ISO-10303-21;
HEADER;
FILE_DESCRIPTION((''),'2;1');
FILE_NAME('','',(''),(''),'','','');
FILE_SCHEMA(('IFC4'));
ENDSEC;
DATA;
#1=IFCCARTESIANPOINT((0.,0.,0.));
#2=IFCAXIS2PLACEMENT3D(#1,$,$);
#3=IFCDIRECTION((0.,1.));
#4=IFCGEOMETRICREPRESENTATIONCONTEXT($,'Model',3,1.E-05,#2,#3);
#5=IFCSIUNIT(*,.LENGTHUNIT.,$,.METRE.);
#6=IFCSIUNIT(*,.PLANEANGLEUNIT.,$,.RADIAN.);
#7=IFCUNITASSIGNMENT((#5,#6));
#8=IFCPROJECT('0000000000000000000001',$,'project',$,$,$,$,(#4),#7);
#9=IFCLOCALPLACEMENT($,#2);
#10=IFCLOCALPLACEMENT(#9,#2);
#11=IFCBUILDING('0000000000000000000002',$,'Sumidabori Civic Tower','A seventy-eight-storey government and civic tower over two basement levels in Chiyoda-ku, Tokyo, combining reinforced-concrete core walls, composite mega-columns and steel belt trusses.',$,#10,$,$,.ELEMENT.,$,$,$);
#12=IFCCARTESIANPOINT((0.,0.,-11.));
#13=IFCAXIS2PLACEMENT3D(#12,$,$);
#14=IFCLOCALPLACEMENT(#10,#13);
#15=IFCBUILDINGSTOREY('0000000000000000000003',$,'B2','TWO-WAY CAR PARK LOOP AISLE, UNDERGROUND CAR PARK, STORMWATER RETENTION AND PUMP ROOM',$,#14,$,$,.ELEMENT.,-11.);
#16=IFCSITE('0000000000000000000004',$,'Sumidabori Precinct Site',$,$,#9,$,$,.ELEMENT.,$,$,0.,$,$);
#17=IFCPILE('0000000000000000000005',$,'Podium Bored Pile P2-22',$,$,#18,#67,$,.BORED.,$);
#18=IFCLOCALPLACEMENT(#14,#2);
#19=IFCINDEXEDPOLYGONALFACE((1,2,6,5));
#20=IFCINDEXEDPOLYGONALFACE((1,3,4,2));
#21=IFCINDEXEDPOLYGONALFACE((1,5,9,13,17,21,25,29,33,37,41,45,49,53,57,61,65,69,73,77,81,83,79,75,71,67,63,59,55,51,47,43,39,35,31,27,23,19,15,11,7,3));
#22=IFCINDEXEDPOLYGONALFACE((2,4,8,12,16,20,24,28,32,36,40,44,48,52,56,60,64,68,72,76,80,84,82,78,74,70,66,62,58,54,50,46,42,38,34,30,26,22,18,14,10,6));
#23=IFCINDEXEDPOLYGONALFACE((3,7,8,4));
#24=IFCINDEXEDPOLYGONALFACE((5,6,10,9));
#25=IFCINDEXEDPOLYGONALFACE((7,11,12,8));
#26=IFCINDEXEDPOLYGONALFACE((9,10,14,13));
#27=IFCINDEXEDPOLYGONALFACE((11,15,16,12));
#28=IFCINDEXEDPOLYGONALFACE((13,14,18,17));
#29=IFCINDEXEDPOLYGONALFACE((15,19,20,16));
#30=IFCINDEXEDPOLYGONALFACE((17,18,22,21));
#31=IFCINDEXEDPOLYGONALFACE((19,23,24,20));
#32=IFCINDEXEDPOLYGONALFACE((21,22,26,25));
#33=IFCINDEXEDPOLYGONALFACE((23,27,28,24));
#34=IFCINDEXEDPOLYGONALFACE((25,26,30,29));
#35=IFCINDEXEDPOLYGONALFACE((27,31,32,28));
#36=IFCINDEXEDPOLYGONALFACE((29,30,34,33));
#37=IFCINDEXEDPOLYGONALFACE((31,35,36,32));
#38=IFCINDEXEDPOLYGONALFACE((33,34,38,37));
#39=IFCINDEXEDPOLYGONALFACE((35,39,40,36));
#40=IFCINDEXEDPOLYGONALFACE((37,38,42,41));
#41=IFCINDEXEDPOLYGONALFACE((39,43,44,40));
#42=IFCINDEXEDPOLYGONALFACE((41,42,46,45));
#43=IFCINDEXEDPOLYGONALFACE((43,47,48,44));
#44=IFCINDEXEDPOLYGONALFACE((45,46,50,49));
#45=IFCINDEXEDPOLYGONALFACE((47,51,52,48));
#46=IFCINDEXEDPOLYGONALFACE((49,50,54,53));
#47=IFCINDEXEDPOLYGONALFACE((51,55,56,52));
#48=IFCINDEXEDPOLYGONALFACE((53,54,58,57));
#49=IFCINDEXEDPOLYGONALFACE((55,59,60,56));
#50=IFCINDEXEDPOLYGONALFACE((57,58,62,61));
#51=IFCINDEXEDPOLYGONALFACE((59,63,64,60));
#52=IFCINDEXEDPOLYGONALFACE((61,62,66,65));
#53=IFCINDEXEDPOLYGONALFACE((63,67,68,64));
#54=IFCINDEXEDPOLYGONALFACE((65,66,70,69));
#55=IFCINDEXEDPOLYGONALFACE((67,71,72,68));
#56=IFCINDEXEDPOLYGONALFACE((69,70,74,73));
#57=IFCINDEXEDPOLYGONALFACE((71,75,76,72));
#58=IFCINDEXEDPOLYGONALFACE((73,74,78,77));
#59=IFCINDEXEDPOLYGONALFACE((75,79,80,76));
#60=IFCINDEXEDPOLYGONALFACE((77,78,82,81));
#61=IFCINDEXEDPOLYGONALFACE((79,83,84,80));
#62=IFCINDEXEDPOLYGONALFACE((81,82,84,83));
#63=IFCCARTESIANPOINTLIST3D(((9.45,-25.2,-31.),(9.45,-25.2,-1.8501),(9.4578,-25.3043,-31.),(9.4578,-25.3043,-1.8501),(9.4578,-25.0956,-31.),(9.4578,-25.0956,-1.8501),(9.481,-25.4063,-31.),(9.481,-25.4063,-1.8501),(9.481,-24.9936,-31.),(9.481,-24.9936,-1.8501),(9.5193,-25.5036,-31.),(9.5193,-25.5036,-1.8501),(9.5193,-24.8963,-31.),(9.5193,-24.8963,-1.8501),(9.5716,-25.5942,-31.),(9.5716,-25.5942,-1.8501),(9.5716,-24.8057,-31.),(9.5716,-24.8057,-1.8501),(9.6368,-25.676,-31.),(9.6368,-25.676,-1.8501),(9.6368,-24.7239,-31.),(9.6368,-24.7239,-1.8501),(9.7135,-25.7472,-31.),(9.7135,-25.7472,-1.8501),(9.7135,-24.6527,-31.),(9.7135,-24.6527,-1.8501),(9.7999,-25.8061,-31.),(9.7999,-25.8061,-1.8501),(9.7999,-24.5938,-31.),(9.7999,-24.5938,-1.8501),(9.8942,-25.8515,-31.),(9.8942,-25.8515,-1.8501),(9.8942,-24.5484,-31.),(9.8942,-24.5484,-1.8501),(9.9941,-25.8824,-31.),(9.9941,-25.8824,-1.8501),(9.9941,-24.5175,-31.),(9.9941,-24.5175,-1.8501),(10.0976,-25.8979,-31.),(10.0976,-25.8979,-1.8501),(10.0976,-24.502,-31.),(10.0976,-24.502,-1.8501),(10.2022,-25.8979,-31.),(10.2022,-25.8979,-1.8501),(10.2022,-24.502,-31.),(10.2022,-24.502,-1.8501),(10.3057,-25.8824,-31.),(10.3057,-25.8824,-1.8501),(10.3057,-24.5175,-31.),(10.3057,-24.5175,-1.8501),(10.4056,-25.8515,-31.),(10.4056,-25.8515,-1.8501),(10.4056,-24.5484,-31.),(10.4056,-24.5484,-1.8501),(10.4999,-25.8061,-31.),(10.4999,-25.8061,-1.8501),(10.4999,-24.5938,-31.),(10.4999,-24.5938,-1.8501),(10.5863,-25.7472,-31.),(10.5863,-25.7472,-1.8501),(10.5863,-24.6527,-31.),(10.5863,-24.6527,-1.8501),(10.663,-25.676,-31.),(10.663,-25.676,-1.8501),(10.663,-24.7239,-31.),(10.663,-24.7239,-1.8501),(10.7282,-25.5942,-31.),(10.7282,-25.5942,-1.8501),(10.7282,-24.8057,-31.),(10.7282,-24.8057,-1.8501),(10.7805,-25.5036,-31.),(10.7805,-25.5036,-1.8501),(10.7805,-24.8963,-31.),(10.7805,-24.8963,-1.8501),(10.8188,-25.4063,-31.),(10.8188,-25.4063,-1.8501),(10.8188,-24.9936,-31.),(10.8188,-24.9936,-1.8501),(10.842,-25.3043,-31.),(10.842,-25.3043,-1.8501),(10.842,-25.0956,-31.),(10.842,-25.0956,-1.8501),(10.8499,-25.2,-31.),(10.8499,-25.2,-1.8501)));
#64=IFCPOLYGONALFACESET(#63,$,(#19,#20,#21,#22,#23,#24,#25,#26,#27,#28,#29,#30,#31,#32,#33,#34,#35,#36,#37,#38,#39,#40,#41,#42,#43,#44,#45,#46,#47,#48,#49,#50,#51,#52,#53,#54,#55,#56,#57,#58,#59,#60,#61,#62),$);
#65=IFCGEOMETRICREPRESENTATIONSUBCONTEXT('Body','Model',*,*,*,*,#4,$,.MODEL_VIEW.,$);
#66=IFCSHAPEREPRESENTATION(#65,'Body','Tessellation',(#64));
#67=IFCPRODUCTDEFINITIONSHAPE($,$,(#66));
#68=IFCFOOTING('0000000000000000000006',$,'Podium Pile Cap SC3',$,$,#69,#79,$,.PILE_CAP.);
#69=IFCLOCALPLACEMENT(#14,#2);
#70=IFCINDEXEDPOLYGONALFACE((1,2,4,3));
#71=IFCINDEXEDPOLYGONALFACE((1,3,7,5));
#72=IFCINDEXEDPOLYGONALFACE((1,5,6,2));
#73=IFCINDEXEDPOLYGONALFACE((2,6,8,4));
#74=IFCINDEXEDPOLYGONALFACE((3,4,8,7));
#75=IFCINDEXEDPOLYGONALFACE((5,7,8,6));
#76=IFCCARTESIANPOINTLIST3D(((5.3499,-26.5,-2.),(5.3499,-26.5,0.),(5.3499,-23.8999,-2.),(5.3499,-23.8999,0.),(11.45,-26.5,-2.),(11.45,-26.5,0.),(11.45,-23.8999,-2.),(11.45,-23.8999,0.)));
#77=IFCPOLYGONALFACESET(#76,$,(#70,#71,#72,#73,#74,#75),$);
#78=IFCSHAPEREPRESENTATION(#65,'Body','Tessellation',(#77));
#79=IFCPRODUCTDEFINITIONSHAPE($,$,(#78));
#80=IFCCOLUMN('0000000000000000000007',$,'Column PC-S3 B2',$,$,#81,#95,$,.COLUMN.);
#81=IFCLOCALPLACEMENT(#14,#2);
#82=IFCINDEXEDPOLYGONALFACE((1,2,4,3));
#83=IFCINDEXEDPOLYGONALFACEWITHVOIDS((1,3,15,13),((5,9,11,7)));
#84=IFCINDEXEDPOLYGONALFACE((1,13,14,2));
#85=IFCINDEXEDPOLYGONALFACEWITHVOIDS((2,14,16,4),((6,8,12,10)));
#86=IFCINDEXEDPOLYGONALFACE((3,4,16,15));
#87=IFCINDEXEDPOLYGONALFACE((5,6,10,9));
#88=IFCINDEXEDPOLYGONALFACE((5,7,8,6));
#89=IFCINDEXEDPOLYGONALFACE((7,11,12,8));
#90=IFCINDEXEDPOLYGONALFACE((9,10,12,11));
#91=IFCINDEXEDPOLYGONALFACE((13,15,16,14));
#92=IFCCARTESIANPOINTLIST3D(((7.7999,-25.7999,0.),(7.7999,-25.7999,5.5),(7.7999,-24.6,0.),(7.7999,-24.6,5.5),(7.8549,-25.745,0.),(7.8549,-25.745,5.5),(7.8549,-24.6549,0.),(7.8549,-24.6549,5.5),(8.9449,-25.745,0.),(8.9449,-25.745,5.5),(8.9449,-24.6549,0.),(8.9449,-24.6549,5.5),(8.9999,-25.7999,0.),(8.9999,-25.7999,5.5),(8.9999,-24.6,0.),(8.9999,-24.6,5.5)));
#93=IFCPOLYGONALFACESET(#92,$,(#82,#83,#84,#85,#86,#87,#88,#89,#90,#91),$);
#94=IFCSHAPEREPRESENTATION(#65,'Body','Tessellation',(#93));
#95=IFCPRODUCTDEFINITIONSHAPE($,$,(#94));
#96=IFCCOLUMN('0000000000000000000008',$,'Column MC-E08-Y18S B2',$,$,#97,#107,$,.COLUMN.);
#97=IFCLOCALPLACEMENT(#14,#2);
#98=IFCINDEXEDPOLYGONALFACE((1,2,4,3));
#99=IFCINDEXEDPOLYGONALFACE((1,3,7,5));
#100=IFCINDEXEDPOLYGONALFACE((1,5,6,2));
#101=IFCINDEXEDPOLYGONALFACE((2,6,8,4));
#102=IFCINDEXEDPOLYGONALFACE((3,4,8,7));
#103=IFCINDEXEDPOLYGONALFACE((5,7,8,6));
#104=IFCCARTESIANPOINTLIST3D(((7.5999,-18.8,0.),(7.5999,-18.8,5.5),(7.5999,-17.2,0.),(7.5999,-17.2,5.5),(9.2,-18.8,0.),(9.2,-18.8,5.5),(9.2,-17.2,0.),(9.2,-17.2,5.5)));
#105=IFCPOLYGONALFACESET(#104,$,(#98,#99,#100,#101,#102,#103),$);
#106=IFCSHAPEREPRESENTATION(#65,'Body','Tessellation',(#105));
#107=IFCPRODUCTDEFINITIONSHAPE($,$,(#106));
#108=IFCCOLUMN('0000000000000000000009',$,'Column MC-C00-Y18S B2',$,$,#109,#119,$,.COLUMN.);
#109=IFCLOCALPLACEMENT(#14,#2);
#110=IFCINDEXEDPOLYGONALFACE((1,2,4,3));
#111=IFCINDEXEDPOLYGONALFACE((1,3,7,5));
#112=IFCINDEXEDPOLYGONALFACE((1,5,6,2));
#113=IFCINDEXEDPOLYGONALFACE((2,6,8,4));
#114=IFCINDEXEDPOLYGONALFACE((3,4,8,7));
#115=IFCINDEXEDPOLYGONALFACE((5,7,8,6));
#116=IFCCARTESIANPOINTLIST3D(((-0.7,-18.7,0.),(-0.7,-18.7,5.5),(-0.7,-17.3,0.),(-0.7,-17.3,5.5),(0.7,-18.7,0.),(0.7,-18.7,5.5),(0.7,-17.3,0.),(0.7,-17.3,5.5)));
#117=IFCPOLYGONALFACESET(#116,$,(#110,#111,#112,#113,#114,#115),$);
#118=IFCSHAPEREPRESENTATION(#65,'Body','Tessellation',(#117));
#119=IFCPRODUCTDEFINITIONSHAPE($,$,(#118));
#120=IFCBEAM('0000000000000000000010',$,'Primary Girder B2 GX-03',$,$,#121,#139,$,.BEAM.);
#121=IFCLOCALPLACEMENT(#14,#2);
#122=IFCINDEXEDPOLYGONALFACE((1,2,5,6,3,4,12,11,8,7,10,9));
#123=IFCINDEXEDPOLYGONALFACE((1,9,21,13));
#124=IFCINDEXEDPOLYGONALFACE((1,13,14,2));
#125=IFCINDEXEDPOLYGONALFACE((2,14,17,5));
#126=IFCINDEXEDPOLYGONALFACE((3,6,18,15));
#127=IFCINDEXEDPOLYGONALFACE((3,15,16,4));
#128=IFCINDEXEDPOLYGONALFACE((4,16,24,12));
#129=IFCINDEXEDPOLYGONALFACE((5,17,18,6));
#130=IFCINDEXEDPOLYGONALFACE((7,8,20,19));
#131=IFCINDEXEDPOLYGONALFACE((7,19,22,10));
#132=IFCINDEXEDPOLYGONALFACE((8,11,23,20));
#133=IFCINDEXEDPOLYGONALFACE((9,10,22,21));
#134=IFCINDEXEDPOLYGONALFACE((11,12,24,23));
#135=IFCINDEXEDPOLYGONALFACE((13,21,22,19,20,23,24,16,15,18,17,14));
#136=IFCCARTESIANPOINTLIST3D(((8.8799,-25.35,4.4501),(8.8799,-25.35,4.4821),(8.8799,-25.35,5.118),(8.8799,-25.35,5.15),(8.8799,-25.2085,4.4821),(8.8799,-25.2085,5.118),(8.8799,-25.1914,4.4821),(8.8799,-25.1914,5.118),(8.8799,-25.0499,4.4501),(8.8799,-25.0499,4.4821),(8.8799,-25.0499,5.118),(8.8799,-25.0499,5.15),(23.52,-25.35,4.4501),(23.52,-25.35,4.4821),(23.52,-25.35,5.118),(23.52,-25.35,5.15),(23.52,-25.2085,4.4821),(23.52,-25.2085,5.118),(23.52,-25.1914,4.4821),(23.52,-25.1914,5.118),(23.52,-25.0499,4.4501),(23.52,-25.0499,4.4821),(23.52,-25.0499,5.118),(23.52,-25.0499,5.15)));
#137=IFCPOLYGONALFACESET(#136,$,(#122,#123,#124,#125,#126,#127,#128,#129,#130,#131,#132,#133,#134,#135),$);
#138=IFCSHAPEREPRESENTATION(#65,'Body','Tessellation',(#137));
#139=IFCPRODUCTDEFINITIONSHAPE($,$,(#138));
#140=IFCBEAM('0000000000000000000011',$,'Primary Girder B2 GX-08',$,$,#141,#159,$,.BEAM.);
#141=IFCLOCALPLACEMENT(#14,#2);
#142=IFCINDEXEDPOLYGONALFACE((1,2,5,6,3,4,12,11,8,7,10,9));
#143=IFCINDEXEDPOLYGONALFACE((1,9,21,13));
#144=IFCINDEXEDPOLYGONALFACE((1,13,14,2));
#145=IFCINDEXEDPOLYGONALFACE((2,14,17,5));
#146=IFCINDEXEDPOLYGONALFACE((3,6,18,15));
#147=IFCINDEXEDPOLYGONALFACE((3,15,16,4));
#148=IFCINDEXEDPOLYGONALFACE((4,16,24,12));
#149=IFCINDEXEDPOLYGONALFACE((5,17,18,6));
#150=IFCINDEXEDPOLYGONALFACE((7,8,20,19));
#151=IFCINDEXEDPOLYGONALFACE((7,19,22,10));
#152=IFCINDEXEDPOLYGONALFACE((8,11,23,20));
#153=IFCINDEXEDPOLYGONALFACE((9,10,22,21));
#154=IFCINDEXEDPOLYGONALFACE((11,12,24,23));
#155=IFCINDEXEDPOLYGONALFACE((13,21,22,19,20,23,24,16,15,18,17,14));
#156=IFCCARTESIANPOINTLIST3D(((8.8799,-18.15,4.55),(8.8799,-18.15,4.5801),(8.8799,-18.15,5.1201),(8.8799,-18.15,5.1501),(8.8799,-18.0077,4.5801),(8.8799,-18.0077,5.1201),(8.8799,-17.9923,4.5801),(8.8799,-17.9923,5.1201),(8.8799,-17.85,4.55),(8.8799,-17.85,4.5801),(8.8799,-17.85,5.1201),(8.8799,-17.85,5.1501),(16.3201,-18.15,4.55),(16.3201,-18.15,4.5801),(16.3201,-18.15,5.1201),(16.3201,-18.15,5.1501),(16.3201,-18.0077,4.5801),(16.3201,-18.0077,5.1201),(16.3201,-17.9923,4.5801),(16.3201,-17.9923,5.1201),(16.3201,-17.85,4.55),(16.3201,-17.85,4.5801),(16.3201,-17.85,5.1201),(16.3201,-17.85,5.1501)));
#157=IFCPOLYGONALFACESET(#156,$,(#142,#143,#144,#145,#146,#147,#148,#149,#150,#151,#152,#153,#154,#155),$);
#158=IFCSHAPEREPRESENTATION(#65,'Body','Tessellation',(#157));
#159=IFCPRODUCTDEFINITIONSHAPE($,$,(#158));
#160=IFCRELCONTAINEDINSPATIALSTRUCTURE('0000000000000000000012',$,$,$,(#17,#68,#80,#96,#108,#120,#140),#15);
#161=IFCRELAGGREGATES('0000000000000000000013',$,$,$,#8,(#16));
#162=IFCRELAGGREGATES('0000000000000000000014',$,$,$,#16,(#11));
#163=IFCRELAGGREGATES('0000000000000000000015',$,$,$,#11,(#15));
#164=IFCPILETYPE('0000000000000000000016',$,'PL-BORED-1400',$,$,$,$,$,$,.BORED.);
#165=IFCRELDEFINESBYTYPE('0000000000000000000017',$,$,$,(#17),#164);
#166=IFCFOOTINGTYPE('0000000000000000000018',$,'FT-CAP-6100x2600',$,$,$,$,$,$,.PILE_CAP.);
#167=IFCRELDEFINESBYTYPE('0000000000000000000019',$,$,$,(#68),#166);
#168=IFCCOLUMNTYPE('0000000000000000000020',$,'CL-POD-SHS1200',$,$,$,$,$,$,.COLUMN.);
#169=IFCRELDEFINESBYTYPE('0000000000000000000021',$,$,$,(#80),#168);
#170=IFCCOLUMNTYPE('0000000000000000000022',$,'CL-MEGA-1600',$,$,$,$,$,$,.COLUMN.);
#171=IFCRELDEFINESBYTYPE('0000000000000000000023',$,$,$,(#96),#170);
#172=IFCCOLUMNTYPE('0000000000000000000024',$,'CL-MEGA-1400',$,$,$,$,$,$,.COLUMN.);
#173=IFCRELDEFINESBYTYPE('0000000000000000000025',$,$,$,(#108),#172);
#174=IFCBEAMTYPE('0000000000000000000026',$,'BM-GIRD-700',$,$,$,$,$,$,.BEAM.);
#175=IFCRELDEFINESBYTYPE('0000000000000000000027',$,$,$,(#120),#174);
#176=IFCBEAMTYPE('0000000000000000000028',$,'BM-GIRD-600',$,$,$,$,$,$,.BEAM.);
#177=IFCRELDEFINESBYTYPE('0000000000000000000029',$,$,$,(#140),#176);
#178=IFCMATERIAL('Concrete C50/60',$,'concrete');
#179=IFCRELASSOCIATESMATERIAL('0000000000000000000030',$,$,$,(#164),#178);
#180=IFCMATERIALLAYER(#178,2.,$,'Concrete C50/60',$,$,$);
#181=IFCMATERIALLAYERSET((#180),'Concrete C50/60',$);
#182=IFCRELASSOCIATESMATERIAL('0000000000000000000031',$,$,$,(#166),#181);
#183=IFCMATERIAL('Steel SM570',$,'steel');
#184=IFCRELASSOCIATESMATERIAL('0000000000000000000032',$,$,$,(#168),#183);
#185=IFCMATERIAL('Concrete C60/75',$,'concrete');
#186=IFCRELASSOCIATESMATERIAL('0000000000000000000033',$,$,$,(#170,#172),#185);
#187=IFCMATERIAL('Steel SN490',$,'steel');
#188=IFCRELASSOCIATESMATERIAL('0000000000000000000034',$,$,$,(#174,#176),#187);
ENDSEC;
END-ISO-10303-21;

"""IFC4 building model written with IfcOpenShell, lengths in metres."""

from ifc_helpers import new_model, si_unit, direction, frame, origin, origin_2d, place, context, subcontext, project, spatial, rectangle, hollow_rectangle, circle, i_section, extrude, source, transform, mapped, material, layer, layer_set, material_profile, profile_set, type_object, element, save


model = new_model("IFC4")

# Units and contexts
model_context = context("Model", 3, precision=1e-05, world=origin(), true_north=direction((0.0, 1.0)))
body_context = subcontext(model_context, "Body", "Model", "MODEL_VIEW")
ifc_project = project(units=[si_unit("LENGTHUNIT", "METRE"), si_unit("PLANEANGLEUNIT", "RADIAN")], contexts=[model_context])

# Site, building, storey
site_placement = place(None, origin())
site = spatial("IfcSite", under=ifc_project, at=site_placement, Name="Sumidabori Precinct Site", CompositionType="ELEMENT", RefElevation=0.0)
building_placement = place(site_placement, origin())
building = spatial("IfcBuilding", under=site, at=building_placement, Name="Sumidabori Civic Tower", Description="A seventy-eight-storey government and civic tower over two basement levels in Chiyoda-ku, Tokyo, combining reinforced-concrete core walls, composite mega-columns and steel belt trusses.", CompositionType="ELEMENT")
storey_placement = place(building_placement, frame((0.0, 0.0, -11.0)))
storey = spatial("IfcBuildingStorey", under=building, at=storey_placement, Name="B2", Description="TWO-WAY CAR PARK LOOP AISLE, UNDERGROUND CAR PARK, STORMWATER RETENTION AND PUMP ROOM", CompositionType="ELEMENT", Elevation=-11.0)

# Pile
ifc_material_1 = material(Name="Concrete C50/60", Category="concrete")
ifc_material_profile_1 = material_profile(ifc_material_1, circle(Radius=0.7, at=origin_2d()), Name="BORED PILE 1400")
ifc_profile_set_1 = profile_set([ifc_material_profile_1], Name="Concrete C50/60")
pile_type_1 = type_object("IfcPileType", Name="PL-BORED-1400", PredefinedType="BORED", material=ifc_profile_set_1)
shared_shape_1 = source(origin(), body_context, "Body", "SweptSolid", [
    extrude(circle(Radius=0.7, at=origin_2d()), origin(), (0.0, 0.0, 1.0), 29.1499),
])
for number, where, z_axis, x_axis, name in (
    (1, (10.1499, -25.2, -1.8501), (0.0, 0.0, -1.0), (1.0, 0.0, 0.0), "Podium Bored Pile P2-22"),
):
    element("IfcPile", number, at=place(storey_placement, frame(where, z_axis=z_axis, x_axis=x_axis)), inside=storey, type_object=pile_type_1, Name=name, PredefinedType="BORED", context=body_context, shape_type="MappedRepresentation", body=[
        mapped(shared_shape_1, transform((0.0, 0.0, 0.0), x_axis=(1.0, 0.0, 0.0), y_axis=(0.0, 1.0, 0.0), z_axis=(0.0, 0.0, 1.0), scale=1.0)),
    ])

# Footing
ifc_layer_1 = layer(ifc_material_1, 2.0, Name="Concrete C50/60")
ifc_layer_set_1 = layer_set([ifc_layer_1], Name="Concrete C50/60")
footing_type = type_object("IfcFootingType", Name="FT-CAP-6100x2600", PredefinedType="PILE_CAP", material=ifc_layer_set_1)
shared_shape_2 = source(origin(), body_context, "Body", "SweptSolid", [
    extrude(rectangle(XDim=6.1001, YDim=2.6001, at=origin_2d()), origin(), (0.0, 0.0, 1.0), 2.0),
])
footing_placement = place(storey_placement, frame((8.3999, -25.2, -2.0), z_axis=(0.0, 0.0, 1.0), x_axis=(1.0, 0.0, 0.0)))
element("IfcFooting", 2, at=footing_placement, inside=storey, type_object=footing_type, Name="Podium Pile Cap SC3", PredefinedType="PILE_CAP", context=body_context, shape_type="MappedRepresentation", body=[
    mapped(shared_shape_2, transform((0.0, 0.0, 0.0), x_axis=(1.0, 0.0, 0.0), y_axis=(0.0, 1.0, 0.0), z_axis=(0.0, 0.0, 1.0), scale=1.0)),
])

# Columns
ifc_material_2 = material(Name="Steel SM570", Category="steel")
ifc_material_profile_2 = material_profile(ifc_material_2, hollow_rectangle(XDim=1.2, YDim=1.2, WallThickness=0.0549, at=origin_2d()), Name="SHS 1200x1200x55")
ifc_profile_set_2 = profile_set([ifc_material_profile_2], Name="Steel SM570")
column_type_1 = type_object("IfcColumnType", Name="CL-POD-SHS1200", PredefinedType="COLUMN", material=ifc_profile_set_2)
shared_shape_3 = source(origin(), body_context, "Body", "SweptSolid", [
    extrude(hollow_rectangle(XDim=1.2, YDim=1.2, WallThickness=0.0549, at=origin_2d()), origin(), (0.0, 0.0, 1.0), 5.5),
])
column_1_placement = place(storey_placement, frame((8.3999, -25.2, 0.0), z_axis=(0.0, 0.0, 1.0), x_axis=(1.0, 0.0, 0.0)))
element("IfcColumn", 3, at=column_1_placement, inside=storey, type_object=column_type_1, Name="Column PC-S3 B2", PredefinedType="COLUMN", context=body_context, shape_type="MappedRepresentation", body=[
    mapped(shared_shape_3, transform((0.0, 0.0, 0.0), x_axis=(1.0, 0.0, 0.0), y_axis=(0.0, 1.0, 0.0), z_axis=(0.0, 0.0, 1.0), scale=1.0)),
])
ifc_material_3 = material(Name="Concrete C60/75", Category="concrete")
ifc_material_profile_3 = material_profile(ifc_material_3, rectangle(XDim=1.6001, YDim=1.6001, at=origin_2d()), Name="RC 1600x1600")
ifc_profile_set_3 = profile_set([ifc_material_profile_3], Name="Concrete C60/75")
column_type_2 = type_object("IfcColumnType", Name="CL-MEGA-1600", PredefinedType="COLUMN", material=ifc_profile_set_3)
shared_shape_4 = source(origin(), body_context, "Body", "SweptSolid", [
    extrude(rectangle(XDim=1.6001, YDim=1.6001, at=origin_2d()), origin(), (0.0, 0.0, 1.0), 5.5),
])
column_2_placement = place(storey_placement, frame((8.3999, -18.0, 0.0), z_axis=(0.0, 0.0, 1.0), x_axis=(1.0, 0.0, 0.0)))
element("IfcColumn", 4, at=column_2_placement, inside=storey, type_object=column_type_2, Name="Column MC-E08-Y18S B2", PredefinedType="COLUMN", context=body_context, shape_type="MappedRepresentation", body=[
    mapped(shared_shape_4, transform((0.0, 0.0, 0.0), x_axis=(1.0, 0.0, 0.0), y_axis=(0.0, 1.0, 0.0), z_axis=(0.0, 0.0, 1.0), scale=1.0)),
])
ifc_material_profile_4 = material_profile(ifc_material_3, rectangle(XDim=1.3999, YDim=1.3999, at=origin_2d()), Name="RC 1400x1400")
ifc_profile_set_4 = profile_set([ifc_material_profile_4], Name="Concrete C60/75")
column_type_3 = type_object("IfcColumnType", Name="CL-MEGA-1400", PredefinedType="COLUMN", material=ifc_profile_set_4)
shared_shape_5 = source(origin(), body_context, "Body", "SweptSolid", [
    extrude(rectangle(XDim=1.3999, YDim=1.3999, at=origin_2d()), origin(), (0.0, 0.0, 1.0), 5.5),
])
column_3_placement = place(storey_placement, frame((0.0, -18.0, 0.0), z_axis=(0.0, 0.0, 1.0), x_axis=(1.0, 0.0, 0.0)))
element("IfcColumn", 5, at=column_3_placement, inside=storey, type_object=column_type_3, Name="Column MC-C00-Y18S B2", PredefinedType="COLUMN", context=body_context, shape_type="MappedRepresentation", body=[
    mapped(shared_shape_5, transform((0.0, 0.0, 0.0), x_axis=(1.0, 0.0, 0.0), y_axis=(0.0, 1.0, 0.0), z_axis=(0.0, 0.0, 1.0), scale=1.0)),
])

# Beams
ifc_material_4 = material(Name="Steel SN490", Category="steel")
ifc_material_profile_5 = material_profile(ifc_material_4, i_section(OverallWidth=0.3, OverallDepth=0.7, WebThickness=0.0171, FlangeThickness=0.032, at=origin_2d()), Name="HE 700 B")
ifc_profile_set_5 = profile_set([ifc_material_profile_5], Name="Steel SN490")
beam_type_1 = type_object("IfcBeamType", Name="BM-GIRD-700", PredefinedType="BEAM", material=ifc_profile_set_5)
shared_shape_6 = source(origin(), body_context, "Body", "SweptSolid", [
    extrude(i_section(OverallWidth=0.3, OverallDepth=0.7, WebThickness=0.0171, FlangeThickness=0.032, at=origin_2d()), origin(), (0.0, 0.0, 1.0), 14.6401),
])
beam_1_placement = place(storey_placement, frame((8.8799, -25.2, 4.8), z_axis=(1.0, 0.0, 0.0), x_axis=(0.0, 1.0, 0.0)))
element("IfcBeam", 6, at=beam_1_placement, inside=storey, type_object=beam_type_1, Name="Primary Girder B2 GX-03", PredefinedType="BEAM", context=body_context, shape_type="MappedRepresentation", body=[
    mapped(shared_shape_6, transform((0.0, 0.0, 0.0), x_axis=(1.0, 0.0, 0.0), y_axis=(0.0, 1.0, 0.0), z_axis=(0.0, 0.0, 1.0), scale=1.0)),
])
ifc_material_profile_6 = material_profile(ifc_material_4, i_section(OverallWidth=0.3, OverallDepth=0.6001, WebThickness=0.0154, FlangeThickness=0.03, at=origin_2d()), Name="HE 600 B")
ifc_profile_set_6 = profile_set([ifc_material_profile_6], Name="Steel SN490")
beam_type_2 = type_object("IfcBeamType", Name="BM-GIRD-600", PredefinedType="BEAM", material=ifc_profile_set_6)
shared_shape_7 = source(origin(), body_context, "Body", "SweptSolid", [
    extrude(i_section(OverallWidth=0.3, OverallDepth=0.6001, WebThickness=0.0154, FlangeThickness=0.03, at=origin_2d()), origin(), (0.0, 0.0, 1.0), 7.4402),
])
beam_2_placement = place(storey_placement, frame((8.8799, -18.0, 4.8501), z_axis=(1.0, 0.0, 0.0), x_axis=(0.0, 1.0, 0.0)))
element("IfcBeam", 7, at=beam_2_placement, inside=storey, type_object=beam_type_2, Name="Primary Girder B2 GX-08", PredefinedType="BEAM", context=body_context, shape_type="MappedRepresentation", body=[
    mapped(shared_shape_7, transform((0.0, 0.0, 0.0), x_axis=(1.0, 0.0, 0.0), y_axis=(0.0, 1.0, 0.0), z_axis=(0.0, 0.0, 1.0), scale=1.0)),
])

save(model, "model.ifc")
